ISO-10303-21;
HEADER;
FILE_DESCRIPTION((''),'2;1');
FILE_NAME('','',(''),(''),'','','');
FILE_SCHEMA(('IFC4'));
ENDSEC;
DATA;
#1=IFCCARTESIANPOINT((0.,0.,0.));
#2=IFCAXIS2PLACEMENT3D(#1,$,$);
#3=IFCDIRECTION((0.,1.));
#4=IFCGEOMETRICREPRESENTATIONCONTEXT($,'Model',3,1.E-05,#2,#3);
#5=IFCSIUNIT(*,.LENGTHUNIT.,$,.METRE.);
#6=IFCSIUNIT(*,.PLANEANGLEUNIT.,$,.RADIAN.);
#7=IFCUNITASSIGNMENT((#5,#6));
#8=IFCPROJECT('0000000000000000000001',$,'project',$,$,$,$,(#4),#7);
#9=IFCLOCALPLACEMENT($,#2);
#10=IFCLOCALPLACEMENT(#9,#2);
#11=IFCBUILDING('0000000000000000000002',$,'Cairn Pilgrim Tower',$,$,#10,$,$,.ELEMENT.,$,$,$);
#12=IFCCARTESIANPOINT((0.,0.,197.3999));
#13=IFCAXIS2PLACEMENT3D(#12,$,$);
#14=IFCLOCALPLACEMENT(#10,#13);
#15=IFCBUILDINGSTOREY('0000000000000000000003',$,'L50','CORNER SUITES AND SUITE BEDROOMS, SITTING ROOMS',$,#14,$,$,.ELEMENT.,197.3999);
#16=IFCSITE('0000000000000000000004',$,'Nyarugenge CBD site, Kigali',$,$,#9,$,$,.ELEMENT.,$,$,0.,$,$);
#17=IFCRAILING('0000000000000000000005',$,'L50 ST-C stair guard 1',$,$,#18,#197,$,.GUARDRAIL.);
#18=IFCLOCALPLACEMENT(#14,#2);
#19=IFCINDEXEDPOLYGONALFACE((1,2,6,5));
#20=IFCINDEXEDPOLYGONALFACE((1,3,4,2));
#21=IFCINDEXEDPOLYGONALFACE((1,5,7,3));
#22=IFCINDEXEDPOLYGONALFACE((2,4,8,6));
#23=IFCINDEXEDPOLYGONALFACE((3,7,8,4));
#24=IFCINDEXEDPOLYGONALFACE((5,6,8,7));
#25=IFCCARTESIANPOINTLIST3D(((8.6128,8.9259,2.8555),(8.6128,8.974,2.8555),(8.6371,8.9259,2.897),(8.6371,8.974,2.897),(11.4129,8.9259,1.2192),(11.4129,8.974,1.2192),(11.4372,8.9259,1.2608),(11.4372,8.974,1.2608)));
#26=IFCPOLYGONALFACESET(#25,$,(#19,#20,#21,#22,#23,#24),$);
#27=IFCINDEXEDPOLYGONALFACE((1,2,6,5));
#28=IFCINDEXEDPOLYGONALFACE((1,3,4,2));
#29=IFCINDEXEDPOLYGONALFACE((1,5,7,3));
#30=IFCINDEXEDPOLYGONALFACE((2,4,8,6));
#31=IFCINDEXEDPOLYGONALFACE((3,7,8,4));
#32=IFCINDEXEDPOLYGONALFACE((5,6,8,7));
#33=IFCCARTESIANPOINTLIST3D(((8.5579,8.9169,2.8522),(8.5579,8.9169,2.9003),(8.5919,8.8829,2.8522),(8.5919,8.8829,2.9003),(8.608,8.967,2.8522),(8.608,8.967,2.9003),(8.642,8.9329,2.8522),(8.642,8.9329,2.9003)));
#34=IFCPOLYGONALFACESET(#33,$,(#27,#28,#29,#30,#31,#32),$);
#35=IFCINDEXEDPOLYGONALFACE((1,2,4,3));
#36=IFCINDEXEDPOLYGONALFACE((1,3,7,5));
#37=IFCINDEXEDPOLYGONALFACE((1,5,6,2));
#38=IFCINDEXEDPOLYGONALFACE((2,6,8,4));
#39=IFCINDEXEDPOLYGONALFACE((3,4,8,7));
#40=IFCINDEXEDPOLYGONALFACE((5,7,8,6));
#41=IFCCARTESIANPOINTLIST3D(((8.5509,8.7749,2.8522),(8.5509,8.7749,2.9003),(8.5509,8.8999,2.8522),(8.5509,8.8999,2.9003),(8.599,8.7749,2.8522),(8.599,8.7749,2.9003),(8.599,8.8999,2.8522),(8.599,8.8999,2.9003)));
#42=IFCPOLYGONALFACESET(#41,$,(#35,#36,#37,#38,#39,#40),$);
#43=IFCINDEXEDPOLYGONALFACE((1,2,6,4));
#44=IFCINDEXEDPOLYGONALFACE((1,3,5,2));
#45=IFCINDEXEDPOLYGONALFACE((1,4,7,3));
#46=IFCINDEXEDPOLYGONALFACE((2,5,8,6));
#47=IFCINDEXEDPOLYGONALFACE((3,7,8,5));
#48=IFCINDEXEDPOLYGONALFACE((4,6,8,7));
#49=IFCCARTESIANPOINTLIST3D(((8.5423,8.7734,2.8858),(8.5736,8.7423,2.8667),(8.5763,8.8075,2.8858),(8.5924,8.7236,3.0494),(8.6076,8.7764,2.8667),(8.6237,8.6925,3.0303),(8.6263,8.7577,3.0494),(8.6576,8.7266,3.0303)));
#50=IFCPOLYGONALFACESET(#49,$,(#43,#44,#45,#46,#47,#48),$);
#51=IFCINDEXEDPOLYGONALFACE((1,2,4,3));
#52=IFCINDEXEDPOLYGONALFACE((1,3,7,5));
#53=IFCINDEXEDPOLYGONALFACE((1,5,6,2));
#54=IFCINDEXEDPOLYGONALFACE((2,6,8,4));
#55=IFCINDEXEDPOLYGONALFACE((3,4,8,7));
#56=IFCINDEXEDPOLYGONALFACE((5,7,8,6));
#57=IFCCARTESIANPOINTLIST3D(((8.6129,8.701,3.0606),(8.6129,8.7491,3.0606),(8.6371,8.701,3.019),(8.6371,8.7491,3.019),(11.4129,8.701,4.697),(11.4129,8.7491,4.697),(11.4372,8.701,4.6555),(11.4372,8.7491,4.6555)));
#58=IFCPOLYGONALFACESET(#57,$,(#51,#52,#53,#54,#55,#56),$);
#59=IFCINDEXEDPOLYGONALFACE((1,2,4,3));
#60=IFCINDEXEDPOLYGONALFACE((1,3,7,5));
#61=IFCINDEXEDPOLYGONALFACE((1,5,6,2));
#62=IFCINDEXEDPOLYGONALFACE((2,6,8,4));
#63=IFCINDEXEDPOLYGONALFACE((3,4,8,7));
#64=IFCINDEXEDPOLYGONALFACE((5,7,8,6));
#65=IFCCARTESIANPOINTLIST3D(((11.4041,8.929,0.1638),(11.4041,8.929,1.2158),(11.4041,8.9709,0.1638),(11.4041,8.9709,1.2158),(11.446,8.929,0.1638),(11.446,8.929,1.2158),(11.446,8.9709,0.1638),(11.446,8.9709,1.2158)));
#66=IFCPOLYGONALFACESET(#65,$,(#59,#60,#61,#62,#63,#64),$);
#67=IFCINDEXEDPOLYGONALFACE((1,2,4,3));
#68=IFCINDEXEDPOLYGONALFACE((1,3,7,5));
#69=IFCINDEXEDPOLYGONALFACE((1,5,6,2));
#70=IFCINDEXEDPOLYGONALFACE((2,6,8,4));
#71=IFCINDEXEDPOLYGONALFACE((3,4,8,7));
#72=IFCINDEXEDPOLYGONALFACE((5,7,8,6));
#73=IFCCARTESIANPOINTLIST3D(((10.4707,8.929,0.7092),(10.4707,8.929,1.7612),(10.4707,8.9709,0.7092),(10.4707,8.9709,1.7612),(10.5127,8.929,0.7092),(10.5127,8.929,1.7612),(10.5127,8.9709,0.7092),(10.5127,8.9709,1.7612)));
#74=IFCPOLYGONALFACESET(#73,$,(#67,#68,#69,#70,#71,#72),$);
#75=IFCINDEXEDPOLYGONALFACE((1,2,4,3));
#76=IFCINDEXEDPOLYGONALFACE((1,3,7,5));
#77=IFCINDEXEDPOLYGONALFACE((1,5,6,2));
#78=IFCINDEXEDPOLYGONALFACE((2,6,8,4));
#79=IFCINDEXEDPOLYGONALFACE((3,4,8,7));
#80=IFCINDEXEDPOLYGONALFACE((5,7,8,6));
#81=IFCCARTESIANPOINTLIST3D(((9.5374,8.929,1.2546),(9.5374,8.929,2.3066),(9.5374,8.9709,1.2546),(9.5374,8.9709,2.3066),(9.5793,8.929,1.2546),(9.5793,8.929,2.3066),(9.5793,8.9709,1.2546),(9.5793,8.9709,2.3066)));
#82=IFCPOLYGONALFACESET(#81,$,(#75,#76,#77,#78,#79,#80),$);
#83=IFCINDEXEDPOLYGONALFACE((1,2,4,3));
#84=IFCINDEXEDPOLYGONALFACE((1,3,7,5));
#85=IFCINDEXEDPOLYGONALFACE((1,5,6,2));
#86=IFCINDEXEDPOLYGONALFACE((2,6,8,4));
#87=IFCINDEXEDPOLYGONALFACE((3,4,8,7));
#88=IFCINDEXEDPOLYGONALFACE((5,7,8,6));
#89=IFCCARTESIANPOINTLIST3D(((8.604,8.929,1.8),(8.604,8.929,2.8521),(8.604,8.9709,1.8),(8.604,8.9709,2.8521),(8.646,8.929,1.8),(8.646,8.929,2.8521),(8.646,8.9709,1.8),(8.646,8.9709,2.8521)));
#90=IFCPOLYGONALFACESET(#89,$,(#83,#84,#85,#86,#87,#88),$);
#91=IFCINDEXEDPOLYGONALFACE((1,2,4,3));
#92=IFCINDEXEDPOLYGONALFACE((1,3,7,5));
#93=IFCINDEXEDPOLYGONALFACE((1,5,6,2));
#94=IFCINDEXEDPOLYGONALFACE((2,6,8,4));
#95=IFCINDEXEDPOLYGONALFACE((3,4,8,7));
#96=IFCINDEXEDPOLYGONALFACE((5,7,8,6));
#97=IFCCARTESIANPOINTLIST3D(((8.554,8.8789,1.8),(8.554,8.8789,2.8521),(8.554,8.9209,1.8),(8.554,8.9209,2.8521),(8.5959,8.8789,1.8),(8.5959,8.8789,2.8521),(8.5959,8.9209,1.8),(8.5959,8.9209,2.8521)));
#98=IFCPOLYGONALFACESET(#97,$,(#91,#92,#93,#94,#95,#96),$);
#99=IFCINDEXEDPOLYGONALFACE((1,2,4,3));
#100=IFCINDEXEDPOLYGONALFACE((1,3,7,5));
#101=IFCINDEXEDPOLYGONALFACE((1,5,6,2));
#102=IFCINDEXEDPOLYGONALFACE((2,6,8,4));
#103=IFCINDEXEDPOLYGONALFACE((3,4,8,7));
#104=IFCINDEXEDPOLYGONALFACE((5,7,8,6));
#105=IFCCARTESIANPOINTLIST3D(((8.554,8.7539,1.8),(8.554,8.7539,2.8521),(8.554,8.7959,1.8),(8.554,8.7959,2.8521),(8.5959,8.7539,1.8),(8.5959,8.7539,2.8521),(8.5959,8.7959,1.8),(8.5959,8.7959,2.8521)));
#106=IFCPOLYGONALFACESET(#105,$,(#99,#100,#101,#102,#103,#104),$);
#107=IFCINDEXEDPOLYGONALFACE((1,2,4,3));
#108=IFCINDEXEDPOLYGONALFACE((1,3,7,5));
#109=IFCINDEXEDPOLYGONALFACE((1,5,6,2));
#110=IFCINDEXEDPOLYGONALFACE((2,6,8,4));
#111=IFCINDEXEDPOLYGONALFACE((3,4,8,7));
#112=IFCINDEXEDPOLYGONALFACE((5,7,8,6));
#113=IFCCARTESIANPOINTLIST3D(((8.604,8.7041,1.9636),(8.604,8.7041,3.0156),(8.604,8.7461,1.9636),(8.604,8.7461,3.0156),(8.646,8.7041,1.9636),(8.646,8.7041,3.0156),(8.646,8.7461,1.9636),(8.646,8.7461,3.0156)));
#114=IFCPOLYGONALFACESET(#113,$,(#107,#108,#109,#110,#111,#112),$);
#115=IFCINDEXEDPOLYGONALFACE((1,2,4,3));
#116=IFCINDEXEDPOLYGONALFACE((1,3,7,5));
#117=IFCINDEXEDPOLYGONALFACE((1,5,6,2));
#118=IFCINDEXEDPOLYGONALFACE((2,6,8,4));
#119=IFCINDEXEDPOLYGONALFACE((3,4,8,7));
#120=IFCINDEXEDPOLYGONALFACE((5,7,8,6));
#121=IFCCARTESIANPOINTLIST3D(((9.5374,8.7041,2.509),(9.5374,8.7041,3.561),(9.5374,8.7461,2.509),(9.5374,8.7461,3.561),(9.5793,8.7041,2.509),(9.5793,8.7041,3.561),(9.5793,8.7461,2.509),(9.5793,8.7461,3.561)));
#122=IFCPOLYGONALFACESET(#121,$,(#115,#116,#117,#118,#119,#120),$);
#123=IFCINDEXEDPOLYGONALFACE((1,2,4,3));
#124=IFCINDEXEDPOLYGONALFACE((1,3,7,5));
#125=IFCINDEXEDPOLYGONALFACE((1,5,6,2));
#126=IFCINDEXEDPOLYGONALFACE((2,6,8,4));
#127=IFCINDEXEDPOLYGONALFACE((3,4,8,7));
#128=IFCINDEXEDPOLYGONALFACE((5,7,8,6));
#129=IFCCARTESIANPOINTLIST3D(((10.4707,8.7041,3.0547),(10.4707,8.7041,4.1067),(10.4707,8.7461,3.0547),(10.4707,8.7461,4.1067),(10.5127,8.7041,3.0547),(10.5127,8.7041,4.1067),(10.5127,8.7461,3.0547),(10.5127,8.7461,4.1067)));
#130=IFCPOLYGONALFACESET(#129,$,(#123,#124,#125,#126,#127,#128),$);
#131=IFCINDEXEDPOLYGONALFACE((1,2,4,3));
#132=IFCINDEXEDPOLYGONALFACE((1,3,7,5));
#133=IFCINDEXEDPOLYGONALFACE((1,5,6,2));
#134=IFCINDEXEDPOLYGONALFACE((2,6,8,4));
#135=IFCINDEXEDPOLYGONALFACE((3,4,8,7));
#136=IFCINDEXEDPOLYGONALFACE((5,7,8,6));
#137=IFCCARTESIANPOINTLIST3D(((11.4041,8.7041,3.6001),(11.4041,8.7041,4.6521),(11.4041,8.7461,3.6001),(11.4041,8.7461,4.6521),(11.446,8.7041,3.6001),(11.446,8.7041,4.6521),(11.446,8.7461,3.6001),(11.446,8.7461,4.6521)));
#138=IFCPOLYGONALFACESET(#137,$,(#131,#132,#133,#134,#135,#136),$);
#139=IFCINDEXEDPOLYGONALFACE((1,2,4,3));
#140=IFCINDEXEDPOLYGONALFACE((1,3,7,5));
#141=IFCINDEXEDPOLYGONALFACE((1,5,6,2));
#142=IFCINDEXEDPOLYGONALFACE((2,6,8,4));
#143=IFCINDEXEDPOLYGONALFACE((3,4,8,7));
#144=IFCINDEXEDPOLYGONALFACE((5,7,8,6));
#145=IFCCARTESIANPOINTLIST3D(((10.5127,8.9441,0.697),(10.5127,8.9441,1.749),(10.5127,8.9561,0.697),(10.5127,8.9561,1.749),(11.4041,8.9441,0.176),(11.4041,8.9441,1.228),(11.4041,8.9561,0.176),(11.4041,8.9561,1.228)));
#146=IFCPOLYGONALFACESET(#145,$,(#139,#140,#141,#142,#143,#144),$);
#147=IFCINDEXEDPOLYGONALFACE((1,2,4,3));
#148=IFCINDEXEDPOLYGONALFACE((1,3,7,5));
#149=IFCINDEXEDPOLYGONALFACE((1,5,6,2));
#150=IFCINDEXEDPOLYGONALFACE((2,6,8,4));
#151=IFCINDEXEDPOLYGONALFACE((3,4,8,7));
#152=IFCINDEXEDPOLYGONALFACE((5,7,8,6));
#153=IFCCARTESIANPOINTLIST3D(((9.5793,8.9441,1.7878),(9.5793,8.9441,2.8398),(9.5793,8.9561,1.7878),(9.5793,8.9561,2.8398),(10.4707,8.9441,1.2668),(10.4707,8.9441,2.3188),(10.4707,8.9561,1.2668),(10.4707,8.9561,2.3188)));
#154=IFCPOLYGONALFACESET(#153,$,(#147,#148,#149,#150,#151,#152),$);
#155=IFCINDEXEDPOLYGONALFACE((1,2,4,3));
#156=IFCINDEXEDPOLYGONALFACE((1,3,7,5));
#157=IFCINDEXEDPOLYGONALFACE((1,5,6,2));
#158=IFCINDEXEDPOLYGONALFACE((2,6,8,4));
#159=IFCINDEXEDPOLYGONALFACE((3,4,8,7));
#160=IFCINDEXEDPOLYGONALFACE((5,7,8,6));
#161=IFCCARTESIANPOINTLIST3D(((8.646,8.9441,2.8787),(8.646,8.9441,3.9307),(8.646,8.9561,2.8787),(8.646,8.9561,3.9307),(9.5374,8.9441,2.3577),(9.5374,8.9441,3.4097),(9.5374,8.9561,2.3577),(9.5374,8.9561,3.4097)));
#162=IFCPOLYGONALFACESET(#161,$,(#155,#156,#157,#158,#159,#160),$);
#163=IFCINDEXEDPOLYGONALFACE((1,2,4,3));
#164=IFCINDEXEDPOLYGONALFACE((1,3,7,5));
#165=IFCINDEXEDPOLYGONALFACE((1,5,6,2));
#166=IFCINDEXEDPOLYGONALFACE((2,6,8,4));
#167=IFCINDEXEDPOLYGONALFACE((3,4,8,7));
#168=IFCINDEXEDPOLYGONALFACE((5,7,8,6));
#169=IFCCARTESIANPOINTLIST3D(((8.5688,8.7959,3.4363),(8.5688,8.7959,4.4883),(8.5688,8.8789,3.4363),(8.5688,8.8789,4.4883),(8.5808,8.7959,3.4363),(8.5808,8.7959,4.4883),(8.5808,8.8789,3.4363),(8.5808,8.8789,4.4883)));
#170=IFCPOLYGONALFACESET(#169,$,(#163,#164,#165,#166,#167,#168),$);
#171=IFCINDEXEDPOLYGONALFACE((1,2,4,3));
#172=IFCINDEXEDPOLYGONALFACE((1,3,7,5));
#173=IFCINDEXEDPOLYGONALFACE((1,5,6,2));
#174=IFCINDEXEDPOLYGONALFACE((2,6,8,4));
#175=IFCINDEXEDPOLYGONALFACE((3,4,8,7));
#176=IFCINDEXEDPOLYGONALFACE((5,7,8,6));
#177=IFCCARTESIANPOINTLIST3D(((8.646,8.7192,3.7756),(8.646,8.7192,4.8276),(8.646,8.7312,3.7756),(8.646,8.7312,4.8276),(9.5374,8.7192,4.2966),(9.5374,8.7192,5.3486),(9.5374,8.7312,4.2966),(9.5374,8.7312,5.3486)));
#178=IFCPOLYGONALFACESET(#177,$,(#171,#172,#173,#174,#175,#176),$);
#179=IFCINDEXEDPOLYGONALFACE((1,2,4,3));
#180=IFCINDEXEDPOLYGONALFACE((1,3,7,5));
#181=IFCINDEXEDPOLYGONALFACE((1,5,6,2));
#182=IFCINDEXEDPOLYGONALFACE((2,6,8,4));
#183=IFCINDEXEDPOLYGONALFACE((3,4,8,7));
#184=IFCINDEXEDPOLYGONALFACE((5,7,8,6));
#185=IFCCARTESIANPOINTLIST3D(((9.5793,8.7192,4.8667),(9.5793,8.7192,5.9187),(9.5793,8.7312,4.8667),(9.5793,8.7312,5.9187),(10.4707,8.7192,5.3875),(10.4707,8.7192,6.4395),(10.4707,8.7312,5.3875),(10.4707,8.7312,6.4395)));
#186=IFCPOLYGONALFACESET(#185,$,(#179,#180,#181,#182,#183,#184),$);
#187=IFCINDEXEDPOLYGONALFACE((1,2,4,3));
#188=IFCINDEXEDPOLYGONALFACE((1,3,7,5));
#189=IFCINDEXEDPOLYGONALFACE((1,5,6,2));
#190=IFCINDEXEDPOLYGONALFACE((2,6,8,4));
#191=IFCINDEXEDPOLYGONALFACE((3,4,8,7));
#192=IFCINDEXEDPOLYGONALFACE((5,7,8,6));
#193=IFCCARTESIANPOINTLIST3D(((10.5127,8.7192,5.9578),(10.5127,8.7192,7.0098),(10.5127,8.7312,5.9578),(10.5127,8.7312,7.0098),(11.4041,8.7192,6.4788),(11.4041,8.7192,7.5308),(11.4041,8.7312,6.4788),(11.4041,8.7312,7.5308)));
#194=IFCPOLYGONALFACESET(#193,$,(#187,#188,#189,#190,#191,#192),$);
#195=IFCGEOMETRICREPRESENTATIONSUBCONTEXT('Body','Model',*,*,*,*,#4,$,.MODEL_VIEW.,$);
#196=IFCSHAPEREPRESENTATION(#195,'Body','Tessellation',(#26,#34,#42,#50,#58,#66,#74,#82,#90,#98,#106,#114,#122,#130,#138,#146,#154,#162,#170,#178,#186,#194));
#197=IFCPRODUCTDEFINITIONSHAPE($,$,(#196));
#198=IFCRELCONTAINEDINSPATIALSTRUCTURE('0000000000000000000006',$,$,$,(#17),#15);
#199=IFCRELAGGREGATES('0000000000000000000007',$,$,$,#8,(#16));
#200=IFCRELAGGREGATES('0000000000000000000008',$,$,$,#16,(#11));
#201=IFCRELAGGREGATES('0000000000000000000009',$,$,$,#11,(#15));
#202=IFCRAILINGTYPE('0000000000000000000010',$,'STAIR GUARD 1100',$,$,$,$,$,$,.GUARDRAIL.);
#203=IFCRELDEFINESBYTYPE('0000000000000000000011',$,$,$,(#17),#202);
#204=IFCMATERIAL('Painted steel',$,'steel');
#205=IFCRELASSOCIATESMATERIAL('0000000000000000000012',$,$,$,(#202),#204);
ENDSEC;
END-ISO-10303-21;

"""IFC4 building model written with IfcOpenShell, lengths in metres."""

from ifc_helpers import new_model, si_unit, direction, frame, origin, origin_2d, place, context, subcontext, project, spatial, polyline, rectangle, outline, extrude, material, type_object, element, save


model = new_model("IFC4")

# Units and contexts
model_context = context("Model", 3, precision=1e-05, world=origin(), true_north=direction((0.0, 1.0)))
body_context = subcontext(model_context, "Body", "Model", "MODEL_VIEW")
ifc_project = project(units=[si_unit("LENGTHUNIT", "METRE"), si_unit("PLANEANGLEUNIT", "RADIAN")], contexts=[model_context])

# Site, building, storey
site_placement = place(None, origin())
site = spatial("IfcSite", under=ifc_project, at=site_placement, Name="Nyarugenge CBD site, Kigali", CompositionType="ELEMENT", RefElevation=0.0)
building_placement = place(site_placement, origin())
building = spatial("IfcBuilding", under=site, at=building_placement, Name="Cairn Pilgrim Tower", CompositionType="ELEMENT")
storey_placement = place(building_placement, frame((0.0, 0.0, 197.3999)))
storey = spatial("IfcBuildingStorey", under=building, at=storey_placement, Name="L50", Description="CORNER SUITES AND SUITE BEDROOMS, SITTING ROOMS", CompositionType="ELEMENT", Elevation=197.3999)

# Shared definitions
ifc_material_1 = material(Name="Painted steel", Category="steel")

# Railing
railing_type_1 = type_object("IfcRailingType", Name="STAIR GUARD 1100", PredefinedType="GUARDRAIL", material=ifc_material_1)
railing_1_placement = place(storey_placement, frame((11.425, 8.95, 0.1638)))
element("IfcRailing", 1, at=railing_1_placement, inside=storey, type_object=railing_type_1, Name="L50 ST-C stair guard 1", PredefinedType="GUARDRAIL", context=body_context, shape_type="SweptSolid", body=[
    extrude(rectangle(XDim=0.0481, YDim=0.0481, at=origin_2d()), frame((0.0, 0.0, 1.0762), z_axis=(-0.863394, 0.0, 0.504531), x_axis=(0.0, -1.0, 0.0)), (0.0, 0.0, 1.0), 3.2432),
    extrude(rectangle(XDim=0.0481, YDim=0.0481, at=origin_2d()), frame((-2.8, 0.0, 2.7124), z_axis=(-0.707107, -0.707107, 0.0), x_axis=(0.707107, -0.707107, 0.0)), (0.0, 0.0, 1.0), 0.0708),
    extrude(rectangle(XDim=0.0481, YDim=0.0481, at=origin_2d()), frame((-2.8501, -0.05, 2.7124), z_axis=(0.0, -1.0, 0.0), x_axis=(1.0, 0.0, 0.0)), (0.0, 0.0, 1.0), 0.125),
    extrude(rectangle(XDim=0.0481, YDim=0.0481, at=origin_2d()), frame((-2.8501, -0.175, 2.7124), z_axis=(0.280917, -0.279546, 0.918118), x_axis=(0.705376, 0.708834, 0.0)), (0.0, 0.0, 1.0), 0.1782),
    extrude(rectangle(XDim=0.0481, YDim=0.0481, at=origin_2d()), frame((-2.8, -0.2249, 2.876), z_axis=(0.863361, 0.0, 0.504587), x_axis=(0.0, 1.0, 0.0)), (0.0, 0.0, 1.0), 3.2432),
    extrude(rectangle(XDim=0.042, YDim=0.042, at=origin_2d()), origin(), (0.0, 0.0, 1.0), 1.052),
    extrude(rectangle(XDim=0.042, YDim=0.042, at=origin_2d()), frame((-0.9333, 0.0, 0.5454)), (0.0, 0.0, 1.0), 1.052),
    extrude(rectangle(XDim=0.042, YDim=0.042, at=origin_2d()), frame((-1.8667, 0.0, 1.0908)), (0.0, 0.0, 1.0), 1.052),
    extrude(rectangle(XDim=0.042, YDim=0.042, at=origin_2d()), frame((-2.8, 0.0, 1.6362)), (0.0, 0.0, 1.0), 1.052),
    extrude(rectangle(XDim=0.042, YDim=0.042, at=origin_2d()), frame((-2.8501, -0.05, 1.6362)), (0.0, 0.0, 1.0), 1.052),
    extrude(rectangle(XDim=0.042, YDim=0.042, at=origin_2d()), frame((-2.8501, -0.175, 1.6362)), (0.0, 0.0, 1.0), 1.052),
    extrude(rectangle(XDim=0.042, YDim=0.042, at=origin_2d()), frame((-2.8, -0.2249, 1.7998)), (0.0, 0.0, 1.0), 1.052),
    extrude(rectangle(XDim=0.042, YDim=0.042, at=origin_2d()), frame((-1.8667, -0.2249, 2.3452)), (0.0, 0.0, 1.0), 1.052),
    extrude(rectangle(XDim=0.042, YDim=0.042, at=origin_2d()), frame((-0.9333, -0.2249, 2.8909)), (0.0, 0.0, 1.0), 1.052),
    extrude(rectangle(XDim=0.042, YDim=0.042, at=origin_2d()), frame((0.0, -0.2249, 3.4363)), (0.0, 0.0, 1.0), 1.052),
    extrude(outline(polyline([(0.021, 0.0122), (0.9124, 0.5332), (0.9124, 1.5852), (0.021, 1.0642), (0.021, 0.0122)])), frame((0.0, -0.0059, 0.0), z_axis=(0.0, 1.0, 0.0), x_axis=(-1.0, 0.0, 0.0)), (0.0, 0.0, 1.0), 0.012),
    extrude(outline(polyline([(0.021, 0.5576), (0.9124, 1.0786), (0.9124, 2.1306), (0.021, 1.6096), (0.021, 0.5576)])), frame((-0.9333, -0.0059, 0.5454), z_axis=(0.0, 1.0, 0.0), x_axis=(-1.0, 0.0, 0.0)), (0.0, 0.0, 1.0), 0.012),
    extrude(outline(polyline([(0.021, 1.103), (0.9124, 1.624), (0.9124, 2.676), (0.021, 2.155), (0.021, 1.103)])), frame((-1.8667, -0.0059, 1.0908), z_axis=(0.0, 1.0, 0.0), x_axis=(-1.0, 0.0, 0.0)), (0.0, 0.0, 1.0), 0.012),
    extrude(outline(polyline([(0.021, 1.6362), (0.104, 1.6362), (0.104, 2.6882), (0.021, 2.6882), (0.021, 1.6362)])), frame((-2.8442, -0.05, 1.6362), z_axis=(-1.0, 0.0, 0.0), x_axis=(0.0, -1.0, 0.0)), (0.0, 0.0, 1.0), 0.012),
    extrude(outline(polyline([(0.021, 1.812), (0.9124, 2.333), (0.9124, 3.385), (0.021, 2.864), (0.021, 1.812)])), frame((-2.8, -0.2188, 1.7998), z_axis=(0.0, -1.0, 0.0), x_axis=(1.0, 0.0, 0.0)), (0.0, 0.0, 1.0), 0.012),
    extrude(outline(polyline([(0.021, 2.3577), (0.9124, 2.8784), (0.9124, 3.9304), (0.021, 3.4097), (0.021, 2.3577)])), frame((-1.8667, -0.2188, 2.3452), z_axis=(0.0, -1.0, 0.0), x_axis=(1.0, 0.0, 0.0)), (0.0, 0.0, 1.0), 0.012),
    extrude(outline(polyline([(0.021, 2.9031), (0.9124, 3.4241), (0.9124, 4.4761), (0.021, 3.9551), (0.021, 2.9031)])), frame((-0.9333, -0.2188, 2.8909), z_axis=(0.0, -1.0, 0.0), x_axis=(1.0, 0.0, 0.0)), (0.0, 0.0, 1.0), 0.012),
])

save(model, "model.ifc")
